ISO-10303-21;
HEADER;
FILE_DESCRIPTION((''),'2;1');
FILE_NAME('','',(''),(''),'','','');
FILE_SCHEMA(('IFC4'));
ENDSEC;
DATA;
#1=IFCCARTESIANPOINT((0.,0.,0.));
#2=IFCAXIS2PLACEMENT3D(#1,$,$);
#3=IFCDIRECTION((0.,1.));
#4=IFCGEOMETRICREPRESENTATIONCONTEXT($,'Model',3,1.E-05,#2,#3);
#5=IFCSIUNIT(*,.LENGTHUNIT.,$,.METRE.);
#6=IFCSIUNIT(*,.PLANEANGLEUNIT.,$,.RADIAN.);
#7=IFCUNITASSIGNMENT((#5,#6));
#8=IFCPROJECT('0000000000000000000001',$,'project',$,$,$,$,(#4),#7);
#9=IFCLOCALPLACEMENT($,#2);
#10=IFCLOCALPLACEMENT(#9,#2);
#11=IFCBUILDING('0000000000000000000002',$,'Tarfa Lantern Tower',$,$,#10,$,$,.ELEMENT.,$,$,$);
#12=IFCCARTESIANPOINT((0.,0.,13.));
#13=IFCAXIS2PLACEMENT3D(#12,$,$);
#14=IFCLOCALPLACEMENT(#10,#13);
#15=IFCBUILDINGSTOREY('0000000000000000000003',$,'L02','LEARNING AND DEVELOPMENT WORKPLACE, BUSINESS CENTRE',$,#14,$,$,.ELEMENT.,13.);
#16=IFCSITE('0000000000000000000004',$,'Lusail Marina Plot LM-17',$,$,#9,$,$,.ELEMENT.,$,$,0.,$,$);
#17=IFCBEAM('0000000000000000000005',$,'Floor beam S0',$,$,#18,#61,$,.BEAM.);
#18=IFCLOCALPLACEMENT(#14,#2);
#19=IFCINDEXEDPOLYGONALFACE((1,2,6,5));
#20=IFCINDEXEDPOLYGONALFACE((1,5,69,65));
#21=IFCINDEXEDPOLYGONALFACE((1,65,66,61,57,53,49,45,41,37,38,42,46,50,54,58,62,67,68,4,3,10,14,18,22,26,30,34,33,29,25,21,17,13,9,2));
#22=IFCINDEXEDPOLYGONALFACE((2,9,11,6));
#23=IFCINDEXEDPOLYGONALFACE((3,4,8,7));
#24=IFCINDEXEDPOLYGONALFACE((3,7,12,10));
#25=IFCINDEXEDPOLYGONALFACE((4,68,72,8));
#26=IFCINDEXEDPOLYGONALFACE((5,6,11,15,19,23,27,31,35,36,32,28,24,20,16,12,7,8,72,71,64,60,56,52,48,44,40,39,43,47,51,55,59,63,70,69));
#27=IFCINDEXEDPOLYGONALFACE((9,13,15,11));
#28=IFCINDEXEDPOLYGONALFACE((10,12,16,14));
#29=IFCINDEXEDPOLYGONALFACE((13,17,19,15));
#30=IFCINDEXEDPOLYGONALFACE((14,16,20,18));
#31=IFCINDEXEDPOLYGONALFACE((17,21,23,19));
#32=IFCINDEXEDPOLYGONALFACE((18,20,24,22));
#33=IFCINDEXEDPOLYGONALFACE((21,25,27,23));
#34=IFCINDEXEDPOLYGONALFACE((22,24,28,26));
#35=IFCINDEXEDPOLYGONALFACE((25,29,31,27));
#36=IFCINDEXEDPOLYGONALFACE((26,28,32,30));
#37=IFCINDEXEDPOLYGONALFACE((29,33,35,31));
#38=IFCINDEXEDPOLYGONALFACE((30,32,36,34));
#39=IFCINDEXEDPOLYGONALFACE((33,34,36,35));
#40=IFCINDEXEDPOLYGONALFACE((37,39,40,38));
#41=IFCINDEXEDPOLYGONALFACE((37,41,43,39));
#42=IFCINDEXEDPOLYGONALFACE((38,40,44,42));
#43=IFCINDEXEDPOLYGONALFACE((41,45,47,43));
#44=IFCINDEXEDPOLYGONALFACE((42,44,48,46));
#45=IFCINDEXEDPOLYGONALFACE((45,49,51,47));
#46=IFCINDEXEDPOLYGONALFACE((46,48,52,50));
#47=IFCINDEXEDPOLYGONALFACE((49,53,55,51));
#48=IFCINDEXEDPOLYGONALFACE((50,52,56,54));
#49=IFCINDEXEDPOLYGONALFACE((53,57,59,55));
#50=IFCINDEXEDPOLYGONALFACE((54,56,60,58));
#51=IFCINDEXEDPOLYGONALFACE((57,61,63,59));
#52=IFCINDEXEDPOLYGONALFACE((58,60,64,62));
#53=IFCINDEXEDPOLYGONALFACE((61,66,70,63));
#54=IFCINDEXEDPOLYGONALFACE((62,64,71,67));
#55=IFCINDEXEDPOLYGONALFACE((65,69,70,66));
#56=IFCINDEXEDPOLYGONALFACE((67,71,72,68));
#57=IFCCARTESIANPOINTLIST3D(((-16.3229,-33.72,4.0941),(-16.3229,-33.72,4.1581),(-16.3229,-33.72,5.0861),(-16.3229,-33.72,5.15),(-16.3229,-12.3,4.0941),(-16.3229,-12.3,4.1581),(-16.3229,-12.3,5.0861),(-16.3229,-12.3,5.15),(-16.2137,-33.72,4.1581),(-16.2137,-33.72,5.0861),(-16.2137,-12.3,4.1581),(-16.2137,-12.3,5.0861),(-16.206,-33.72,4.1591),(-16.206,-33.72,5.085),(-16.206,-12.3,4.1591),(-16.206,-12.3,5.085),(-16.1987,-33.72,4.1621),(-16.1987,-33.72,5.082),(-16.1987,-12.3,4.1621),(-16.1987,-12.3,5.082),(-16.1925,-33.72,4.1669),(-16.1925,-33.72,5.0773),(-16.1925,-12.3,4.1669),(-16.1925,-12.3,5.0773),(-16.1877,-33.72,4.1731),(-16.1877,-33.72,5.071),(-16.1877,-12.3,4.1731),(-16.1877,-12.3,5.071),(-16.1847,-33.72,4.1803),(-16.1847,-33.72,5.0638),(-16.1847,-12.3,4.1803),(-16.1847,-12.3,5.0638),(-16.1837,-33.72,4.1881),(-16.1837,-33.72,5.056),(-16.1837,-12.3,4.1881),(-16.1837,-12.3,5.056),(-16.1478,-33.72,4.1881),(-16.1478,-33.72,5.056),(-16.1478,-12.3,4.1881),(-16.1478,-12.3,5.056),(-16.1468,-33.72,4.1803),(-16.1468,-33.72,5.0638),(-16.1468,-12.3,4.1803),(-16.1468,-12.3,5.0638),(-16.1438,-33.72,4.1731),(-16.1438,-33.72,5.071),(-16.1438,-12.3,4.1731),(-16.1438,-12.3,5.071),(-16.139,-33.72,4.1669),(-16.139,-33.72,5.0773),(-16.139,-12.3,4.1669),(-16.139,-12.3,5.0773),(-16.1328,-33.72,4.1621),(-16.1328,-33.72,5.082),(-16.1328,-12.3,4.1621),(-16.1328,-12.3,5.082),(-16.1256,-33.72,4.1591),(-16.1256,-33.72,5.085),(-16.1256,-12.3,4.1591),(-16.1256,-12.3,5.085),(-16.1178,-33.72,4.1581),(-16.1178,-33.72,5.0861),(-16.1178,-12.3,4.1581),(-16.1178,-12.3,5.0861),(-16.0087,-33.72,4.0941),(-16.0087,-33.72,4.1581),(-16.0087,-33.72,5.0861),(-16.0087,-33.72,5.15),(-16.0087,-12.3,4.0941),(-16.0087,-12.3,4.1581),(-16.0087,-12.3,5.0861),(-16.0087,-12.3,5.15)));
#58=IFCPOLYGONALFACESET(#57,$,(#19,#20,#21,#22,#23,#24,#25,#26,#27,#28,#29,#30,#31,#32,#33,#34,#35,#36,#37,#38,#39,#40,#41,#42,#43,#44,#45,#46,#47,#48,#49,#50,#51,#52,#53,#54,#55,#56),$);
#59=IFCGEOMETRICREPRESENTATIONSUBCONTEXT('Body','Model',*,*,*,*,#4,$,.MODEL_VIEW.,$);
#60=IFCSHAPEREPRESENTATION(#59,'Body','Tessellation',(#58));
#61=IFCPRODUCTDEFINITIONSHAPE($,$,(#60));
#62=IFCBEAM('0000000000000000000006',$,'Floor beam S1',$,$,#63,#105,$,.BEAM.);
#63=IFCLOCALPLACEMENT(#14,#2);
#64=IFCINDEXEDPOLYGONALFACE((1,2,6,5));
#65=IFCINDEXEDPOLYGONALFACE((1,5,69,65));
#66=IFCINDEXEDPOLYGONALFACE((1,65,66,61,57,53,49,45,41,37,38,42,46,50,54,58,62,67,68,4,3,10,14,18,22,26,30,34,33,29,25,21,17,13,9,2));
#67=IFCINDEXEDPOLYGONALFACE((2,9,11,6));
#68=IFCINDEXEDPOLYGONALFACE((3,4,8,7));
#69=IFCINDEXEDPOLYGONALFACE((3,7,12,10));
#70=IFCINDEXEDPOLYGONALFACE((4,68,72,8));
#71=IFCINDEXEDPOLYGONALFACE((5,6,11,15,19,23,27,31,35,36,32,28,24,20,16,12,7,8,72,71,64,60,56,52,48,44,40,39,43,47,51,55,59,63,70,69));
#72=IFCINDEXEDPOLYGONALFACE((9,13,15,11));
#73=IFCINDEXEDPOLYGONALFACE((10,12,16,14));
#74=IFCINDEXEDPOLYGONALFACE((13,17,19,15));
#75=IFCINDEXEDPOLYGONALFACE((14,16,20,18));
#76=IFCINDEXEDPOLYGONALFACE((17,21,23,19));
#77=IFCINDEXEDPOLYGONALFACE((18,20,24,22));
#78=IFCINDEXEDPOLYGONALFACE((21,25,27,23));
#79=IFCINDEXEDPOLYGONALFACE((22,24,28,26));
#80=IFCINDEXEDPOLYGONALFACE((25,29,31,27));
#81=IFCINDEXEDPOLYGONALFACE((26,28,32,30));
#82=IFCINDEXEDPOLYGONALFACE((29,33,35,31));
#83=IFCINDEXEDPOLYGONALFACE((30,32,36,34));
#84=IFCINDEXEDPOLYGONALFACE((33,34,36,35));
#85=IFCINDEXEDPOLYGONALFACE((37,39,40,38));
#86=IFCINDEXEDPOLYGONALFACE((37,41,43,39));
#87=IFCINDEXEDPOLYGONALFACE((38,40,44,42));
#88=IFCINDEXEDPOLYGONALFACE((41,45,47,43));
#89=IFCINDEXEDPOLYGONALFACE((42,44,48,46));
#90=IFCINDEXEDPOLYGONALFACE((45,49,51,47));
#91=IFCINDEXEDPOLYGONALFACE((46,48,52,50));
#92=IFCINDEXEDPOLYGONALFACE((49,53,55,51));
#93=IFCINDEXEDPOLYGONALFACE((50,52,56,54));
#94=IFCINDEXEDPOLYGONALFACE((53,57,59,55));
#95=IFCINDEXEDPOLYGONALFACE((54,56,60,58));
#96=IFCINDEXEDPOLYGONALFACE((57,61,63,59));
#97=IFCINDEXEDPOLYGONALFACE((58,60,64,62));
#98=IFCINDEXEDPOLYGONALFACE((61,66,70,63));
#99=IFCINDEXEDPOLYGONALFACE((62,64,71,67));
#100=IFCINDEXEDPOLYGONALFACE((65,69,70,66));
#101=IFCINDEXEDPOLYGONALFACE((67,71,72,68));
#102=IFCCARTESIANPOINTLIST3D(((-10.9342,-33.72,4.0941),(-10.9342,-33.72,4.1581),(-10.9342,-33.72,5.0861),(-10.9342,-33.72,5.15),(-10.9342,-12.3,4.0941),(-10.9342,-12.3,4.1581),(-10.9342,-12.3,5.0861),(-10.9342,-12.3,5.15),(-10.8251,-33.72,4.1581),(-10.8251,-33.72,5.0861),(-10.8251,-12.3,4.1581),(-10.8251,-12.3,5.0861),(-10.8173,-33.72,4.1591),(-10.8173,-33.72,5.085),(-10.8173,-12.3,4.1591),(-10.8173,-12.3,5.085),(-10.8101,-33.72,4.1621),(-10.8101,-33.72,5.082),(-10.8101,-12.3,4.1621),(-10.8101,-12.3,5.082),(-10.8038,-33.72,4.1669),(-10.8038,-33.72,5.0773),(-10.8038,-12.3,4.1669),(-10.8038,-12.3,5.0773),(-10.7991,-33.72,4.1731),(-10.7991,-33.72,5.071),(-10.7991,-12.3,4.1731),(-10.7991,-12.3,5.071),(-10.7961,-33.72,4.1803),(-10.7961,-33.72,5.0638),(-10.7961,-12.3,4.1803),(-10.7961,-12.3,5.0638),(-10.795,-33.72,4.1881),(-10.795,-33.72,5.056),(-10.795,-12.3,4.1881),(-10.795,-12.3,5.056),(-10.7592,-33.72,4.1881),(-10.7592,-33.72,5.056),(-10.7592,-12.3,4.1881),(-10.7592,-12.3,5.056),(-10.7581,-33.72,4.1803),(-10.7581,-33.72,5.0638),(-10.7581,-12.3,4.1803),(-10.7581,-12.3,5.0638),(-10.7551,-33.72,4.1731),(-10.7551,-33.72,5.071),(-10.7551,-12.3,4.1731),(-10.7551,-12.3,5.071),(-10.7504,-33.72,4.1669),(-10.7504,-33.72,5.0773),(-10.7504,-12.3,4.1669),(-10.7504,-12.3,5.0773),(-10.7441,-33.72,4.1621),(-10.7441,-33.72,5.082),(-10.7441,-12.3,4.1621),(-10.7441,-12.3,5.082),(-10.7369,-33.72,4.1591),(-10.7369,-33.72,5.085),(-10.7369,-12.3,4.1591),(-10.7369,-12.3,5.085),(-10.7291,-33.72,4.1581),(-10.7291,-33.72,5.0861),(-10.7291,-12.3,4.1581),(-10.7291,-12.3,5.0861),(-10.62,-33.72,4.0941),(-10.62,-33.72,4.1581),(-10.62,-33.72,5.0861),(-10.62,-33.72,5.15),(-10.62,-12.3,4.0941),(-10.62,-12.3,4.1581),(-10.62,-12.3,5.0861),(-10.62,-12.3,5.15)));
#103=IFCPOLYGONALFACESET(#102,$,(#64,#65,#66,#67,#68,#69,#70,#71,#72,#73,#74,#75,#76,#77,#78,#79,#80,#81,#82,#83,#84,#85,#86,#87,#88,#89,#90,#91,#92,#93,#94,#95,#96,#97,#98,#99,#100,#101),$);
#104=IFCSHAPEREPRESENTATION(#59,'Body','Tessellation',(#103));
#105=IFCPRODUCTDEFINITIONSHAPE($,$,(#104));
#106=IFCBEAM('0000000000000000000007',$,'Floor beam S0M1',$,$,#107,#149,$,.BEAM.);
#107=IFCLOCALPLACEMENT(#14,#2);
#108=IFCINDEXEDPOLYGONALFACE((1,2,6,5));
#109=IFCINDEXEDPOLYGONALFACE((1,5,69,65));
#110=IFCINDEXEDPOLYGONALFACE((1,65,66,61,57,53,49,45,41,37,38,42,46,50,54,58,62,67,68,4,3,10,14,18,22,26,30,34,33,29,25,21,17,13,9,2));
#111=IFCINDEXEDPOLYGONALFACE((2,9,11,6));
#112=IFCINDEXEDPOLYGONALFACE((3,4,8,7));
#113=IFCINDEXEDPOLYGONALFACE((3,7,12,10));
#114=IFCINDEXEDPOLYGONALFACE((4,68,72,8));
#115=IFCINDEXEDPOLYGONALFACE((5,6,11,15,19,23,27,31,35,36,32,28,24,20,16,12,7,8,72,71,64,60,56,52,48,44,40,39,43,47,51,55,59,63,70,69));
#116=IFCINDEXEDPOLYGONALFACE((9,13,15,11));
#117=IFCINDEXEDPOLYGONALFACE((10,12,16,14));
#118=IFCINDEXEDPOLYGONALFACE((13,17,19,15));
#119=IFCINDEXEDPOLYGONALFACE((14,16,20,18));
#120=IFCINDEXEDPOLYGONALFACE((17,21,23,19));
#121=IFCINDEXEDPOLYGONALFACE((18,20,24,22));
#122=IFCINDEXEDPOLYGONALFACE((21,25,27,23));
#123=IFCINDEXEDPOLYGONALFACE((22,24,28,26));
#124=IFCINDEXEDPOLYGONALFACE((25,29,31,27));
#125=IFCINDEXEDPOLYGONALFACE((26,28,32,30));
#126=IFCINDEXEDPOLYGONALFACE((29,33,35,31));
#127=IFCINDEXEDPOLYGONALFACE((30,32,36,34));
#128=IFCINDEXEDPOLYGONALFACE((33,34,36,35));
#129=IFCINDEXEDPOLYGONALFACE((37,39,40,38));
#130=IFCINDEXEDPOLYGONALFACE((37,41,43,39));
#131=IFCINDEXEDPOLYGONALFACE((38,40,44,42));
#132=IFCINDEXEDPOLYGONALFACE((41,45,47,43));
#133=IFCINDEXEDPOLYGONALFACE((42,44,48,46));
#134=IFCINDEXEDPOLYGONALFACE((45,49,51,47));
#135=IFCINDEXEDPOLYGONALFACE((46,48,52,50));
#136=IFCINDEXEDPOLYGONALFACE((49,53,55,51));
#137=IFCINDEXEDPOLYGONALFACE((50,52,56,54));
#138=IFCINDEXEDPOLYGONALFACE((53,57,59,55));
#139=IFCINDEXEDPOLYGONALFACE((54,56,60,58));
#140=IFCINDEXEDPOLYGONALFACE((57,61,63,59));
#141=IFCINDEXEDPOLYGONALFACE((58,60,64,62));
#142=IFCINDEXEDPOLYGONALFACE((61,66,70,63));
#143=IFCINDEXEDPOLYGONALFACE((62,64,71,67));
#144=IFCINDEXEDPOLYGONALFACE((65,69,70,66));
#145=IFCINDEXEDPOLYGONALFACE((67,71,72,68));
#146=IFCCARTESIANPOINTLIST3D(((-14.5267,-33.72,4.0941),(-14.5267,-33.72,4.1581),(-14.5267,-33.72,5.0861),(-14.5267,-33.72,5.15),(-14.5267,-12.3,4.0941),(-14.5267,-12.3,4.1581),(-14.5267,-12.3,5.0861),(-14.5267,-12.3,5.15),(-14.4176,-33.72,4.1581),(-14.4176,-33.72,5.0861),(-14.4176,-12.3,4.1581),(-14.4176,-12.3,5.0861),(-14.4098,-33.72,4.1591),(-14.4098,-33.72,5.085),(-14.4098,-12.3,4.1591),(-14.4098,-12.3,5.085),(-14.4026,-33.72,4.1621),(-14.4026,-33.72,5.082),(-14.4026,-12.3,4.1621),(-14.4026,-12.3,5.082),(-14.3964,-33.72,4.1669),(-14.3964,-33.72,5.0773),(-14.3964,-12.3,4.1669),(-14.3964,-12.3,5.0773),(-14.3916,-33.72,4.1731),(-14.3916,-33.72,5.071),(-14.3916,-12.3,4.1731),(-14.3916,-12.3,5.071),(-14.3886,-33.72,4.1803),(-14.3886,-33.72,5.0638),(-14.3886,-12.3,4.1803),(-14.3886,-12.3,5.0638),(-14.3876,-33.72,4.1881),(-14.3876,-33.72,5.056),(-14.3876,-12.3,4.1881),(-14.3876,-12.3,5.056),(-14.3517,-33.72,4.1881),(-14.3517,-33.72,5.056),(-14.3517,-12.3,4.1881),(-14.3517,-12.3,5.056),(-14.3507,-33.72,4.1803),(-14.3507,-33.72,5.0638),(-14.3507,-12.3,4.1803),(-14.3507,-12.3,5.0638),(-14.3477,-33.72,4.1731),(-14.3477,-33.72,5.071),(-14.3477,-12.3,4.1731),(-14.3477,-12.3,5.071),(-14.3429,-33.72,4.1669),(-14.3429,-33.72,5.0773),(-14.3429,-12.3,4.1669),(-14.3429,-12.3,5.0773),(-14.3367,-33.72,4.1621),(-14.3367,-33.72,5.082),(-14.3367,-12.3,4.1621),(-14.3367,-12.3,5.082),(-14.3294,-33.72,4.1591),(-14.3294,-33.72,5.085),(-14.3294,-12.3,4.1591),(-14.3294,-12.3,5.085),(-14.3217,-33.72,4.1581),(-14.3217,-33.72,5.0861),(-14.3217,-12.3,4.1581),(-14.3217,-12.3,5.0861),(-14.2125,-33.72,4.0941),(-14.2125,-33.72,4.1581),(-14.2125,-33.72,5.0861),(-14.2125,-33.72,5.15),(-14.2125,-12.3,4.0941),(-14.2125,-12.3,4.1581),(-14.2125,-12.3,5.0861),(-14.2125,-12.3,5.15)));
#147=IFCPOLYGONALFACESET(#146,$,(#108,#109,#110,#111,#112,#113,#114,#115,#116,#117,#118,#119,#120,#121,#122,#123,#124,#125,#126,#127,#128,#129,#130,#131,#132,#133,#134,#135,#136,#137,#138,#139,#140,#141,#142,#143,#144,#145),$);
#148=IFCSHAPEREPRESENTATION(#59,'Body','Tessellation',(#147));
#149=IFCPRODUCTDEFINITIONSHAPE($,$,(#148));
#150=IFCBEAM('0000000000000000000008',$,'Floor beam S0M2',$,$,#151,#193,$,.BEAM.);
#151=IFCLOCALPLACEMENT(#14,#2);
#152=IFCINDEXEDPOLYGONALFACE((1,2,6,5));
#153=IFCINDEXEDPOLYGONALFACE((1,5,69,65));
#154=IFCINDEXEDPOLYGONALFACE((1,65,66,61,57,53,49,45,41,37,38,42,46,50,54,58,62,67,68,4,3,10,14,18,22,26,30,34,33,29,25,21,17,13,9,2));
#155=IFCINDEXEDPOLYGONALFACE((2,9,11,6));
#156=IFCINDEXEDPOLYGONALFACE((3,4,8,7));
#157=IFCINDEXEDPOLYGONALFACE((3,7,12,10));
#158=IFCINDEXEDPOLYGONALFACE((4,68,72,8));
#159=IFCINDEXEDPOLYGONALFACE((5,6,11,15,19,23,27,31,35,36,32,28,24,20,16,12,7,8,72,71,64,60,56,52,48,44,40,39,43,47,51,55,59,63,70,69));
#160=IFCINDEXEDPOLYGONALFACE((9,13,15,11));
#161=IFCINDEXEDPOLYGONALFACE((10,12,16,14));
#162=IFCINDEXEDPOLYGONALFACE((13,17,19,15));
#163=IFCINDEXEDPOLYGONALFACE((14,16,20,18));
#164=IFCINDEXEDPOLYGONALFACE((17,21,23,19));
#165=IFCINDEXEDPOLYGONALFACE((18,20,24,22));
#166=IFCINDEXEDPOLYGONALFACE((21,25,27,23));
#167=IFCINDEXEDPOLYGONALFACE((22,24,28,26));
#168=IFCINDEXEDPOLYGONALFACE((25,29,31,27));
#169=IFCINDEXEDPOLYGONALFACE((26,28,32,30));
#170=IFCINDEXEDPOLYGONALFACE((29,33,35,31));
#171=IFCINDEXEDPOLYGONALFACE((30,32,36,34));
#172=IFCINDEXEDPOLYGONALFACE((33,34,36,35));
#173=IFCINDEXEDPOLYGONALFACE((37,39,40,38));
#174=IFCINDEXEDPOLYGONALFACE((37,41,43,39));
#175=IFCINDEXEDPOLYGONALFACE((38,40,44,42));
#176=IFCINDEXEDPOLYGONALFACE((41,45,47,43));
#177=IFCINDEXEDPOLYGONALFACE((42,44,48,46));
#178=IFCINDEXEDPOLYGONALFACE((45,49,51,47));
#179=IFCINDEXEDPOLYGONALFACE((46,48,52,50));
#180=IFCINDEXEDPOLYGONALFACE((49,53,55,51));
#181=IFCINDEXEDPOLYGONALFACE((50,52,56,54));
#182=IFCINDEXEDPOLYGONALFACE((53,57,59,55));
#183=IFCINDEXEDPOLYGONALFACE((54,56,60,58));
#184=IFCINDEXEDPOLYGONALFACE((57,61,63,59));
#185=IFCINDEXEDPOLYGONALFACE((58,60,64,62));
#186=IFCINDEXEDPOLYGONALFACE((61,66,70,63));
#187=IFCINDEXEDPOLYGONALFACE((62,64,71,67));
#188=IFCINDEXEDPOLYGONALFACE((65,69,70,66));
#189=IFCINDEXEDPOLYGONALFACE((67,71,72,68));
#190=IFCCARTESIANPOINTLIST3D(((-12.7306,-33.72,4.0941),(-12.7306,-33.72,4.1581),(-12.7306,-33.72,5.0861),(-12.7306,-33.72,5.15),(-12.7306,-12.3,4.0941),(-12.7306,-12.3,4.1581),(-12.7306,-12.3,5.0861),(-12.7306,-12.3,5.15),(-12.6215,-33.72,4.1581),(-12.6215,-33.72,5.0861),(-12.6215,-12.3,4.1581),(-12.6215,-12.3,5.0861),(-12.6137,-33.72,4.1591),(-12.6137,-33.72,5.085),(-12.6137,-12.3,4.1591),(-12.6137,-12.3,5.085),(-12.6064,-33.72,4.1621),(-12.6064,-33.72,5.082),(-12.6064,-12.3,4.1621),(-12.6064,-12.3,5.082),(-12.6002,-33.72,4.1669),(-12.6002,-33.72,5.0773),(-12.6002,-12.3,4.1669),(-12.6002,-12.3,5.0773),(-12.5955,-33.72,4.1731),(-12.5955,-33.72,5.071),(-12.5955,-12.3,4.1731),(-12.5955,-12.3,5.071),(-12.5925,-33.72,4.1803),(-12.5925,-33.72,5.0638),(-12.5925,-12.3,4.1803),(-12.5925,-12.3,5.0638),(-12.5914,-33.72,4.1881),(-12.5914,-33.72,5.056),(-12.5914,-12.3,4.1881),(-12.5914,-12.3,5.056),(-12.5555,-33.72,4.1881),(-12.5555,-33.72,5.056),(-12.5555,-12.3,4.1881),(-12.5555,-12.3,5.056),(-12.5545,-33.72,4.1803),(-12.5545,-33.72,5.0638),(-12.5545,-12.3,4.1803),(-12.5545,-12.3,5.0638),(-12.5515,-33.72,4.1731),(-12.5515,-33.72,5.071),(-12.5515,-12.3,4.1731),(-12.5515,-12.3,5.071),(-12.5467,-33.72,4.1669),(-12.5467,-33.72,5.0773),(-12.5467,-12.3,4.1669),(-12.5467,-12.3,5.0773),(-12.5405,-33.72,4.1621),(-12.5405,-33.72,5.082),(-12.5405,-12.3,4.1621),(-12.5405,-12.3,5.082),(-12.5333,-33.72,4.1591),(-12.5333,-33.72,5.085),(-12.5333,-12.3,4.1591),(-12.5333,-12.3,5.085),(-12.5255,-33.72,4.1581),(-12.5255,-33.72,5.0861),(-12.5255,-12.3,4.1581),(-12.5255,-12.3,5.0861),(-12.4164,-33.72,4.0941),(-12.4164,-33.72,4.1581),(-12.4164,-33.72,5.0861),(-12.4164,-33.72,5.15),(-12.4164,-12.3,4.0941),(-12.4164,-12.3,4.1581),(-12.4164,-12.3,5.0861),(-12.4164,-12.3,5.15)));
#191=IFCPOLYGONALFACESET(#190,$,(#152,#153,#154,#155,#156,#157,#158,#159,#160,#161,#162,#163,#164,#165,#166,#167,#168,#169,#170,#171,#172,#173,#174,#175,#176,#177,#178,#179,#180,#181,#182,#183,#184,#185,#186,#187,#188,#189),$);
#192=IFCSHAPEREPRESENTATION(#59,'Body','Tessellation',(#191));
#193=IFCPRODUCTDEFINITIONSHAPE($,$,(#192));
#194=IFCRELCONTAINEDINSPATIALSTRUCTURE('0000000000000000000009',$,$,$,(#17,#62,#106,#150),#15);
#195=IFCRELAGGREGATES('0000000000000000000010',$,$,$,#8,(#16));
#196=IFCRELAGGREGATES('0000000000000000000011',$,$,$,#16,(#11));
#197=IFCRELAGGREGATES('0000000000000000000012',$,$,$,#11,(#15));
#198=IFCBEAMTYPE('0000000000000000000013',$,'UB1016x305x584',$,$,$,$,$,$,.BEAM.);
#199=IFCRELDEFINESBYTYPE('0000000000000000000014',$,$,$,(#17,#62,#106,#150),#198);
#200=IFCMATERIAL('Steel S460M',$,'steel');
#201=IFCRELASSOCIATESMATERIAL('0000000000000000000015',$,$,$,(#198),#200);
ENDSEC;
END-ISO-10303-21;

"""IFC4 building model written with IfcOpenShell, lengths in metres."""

from ifc_helpers import new_model, si_unit, direction, frame, origin, origin_2d, place, context, subcontext, project, spatial, i_section, extrude, material, material_profile, profile_set, type_object, element, save


model = new_model("IFC4")

# Units and contexts
model_context = context("Model", 3, precision=1e-05, world=origin(), true_north=direction((0.0, 1.0)))
body_context = subcontext(model_context, "Body", "Model", "MODEL_VIEW")
ifc_project = project(units=[si_unit("LENGTHUNIT", "METRE"), si_unit("PLANEANGLEUNIT", "RADIAN")], contexts=[model_context])

# Site, building, storey
site_placement = place(None, origin())
site = spatial("IfcSite", under=ifc_project, at=site_placement, Name="Lusail Marina Plot LM-17", CompositionType="ELEMENT", RefElevation=0.0)
building_placement = place(site_placement, origin())
building = spatial("IfcBuilding", under=site, at=building_placement, Name="Tarfa Lantern Tower", CompositionType="ELEMENT")
storey_placement = place(building_placement, frame((0.0, 0.0, 13.0)))
storey = spatial("IfcBuildingStorey", under=building, at=storey_placement, Name="L02", Description="LEARNING AND DEVELOPMENT WORKPLACE, BUSINESS CENTRE", CompositionType="ELEMENT", Elevation=13.0)

# Beams
ifc_material_1 = material(Name="Steel S460M", Category="steel")
ifc_material_profile_1 = material_profile(ifc_material_1, i_section(OverallWidth=0.3142, OverallDepth=1.0559, WebThickness=0.0359, FlangeThickness=0.064, FilletRadius=0.03, at=origin_2d()), Name="UB1016x305x584")
ifc_profile_set_1 = profile_set([ifc_material_profile_1], Name="Steel S460M")
beam_type_1 = type_object("IfcBeamType", Name="UB1016x305x584", PredefinedType="BEAM", material=ifc_profile_set_1)
for number, where, z_axis, x_axis, name in (
    (1, (-16.1658, -33.72, 4.6221), (0.0, 1.0, 0.0), (-1.0, 0.0, 0.0), "Floor beam S0"),
    (2, (-10.7771, -33.72, 4.6221), (0.0, 1.0, 0.0), (-1.0, 0.0, 0.0), "Floor beam S1"),
    (3, (-14.3696, -33.72, 4.6221), (0.0, 1.0, 0.0), (-1.0, 0.0, 0.0), "Floor beam S0M1"),
    (4, (-12.5735, -33.72, 4.6221), (0.0, 1.0, 0.0), (-1.0, 0.0, 0.0), "Floor beam S0M2"),
):
    element("IfcBeam", number, at=place(storey_placement, frame(where, z_axis=z_axis, x_axis=x_axis)), inside=storey, type_object=beam_type_1, Name=name, PredefinedType="BEAM", context=body_context, shape_type="SweptSolid", body=[
        extrude(i_section(OverallWidth=0.3142, OverallDepth=1.0559, WebThickness=0.0359, FlangeThickness=0.064, FilletRadius=0.03, at=origin_2d()), origin(), (0.0, 0.0, 1.0), 21.4199),
    ])

save(model, "model.ifc")
